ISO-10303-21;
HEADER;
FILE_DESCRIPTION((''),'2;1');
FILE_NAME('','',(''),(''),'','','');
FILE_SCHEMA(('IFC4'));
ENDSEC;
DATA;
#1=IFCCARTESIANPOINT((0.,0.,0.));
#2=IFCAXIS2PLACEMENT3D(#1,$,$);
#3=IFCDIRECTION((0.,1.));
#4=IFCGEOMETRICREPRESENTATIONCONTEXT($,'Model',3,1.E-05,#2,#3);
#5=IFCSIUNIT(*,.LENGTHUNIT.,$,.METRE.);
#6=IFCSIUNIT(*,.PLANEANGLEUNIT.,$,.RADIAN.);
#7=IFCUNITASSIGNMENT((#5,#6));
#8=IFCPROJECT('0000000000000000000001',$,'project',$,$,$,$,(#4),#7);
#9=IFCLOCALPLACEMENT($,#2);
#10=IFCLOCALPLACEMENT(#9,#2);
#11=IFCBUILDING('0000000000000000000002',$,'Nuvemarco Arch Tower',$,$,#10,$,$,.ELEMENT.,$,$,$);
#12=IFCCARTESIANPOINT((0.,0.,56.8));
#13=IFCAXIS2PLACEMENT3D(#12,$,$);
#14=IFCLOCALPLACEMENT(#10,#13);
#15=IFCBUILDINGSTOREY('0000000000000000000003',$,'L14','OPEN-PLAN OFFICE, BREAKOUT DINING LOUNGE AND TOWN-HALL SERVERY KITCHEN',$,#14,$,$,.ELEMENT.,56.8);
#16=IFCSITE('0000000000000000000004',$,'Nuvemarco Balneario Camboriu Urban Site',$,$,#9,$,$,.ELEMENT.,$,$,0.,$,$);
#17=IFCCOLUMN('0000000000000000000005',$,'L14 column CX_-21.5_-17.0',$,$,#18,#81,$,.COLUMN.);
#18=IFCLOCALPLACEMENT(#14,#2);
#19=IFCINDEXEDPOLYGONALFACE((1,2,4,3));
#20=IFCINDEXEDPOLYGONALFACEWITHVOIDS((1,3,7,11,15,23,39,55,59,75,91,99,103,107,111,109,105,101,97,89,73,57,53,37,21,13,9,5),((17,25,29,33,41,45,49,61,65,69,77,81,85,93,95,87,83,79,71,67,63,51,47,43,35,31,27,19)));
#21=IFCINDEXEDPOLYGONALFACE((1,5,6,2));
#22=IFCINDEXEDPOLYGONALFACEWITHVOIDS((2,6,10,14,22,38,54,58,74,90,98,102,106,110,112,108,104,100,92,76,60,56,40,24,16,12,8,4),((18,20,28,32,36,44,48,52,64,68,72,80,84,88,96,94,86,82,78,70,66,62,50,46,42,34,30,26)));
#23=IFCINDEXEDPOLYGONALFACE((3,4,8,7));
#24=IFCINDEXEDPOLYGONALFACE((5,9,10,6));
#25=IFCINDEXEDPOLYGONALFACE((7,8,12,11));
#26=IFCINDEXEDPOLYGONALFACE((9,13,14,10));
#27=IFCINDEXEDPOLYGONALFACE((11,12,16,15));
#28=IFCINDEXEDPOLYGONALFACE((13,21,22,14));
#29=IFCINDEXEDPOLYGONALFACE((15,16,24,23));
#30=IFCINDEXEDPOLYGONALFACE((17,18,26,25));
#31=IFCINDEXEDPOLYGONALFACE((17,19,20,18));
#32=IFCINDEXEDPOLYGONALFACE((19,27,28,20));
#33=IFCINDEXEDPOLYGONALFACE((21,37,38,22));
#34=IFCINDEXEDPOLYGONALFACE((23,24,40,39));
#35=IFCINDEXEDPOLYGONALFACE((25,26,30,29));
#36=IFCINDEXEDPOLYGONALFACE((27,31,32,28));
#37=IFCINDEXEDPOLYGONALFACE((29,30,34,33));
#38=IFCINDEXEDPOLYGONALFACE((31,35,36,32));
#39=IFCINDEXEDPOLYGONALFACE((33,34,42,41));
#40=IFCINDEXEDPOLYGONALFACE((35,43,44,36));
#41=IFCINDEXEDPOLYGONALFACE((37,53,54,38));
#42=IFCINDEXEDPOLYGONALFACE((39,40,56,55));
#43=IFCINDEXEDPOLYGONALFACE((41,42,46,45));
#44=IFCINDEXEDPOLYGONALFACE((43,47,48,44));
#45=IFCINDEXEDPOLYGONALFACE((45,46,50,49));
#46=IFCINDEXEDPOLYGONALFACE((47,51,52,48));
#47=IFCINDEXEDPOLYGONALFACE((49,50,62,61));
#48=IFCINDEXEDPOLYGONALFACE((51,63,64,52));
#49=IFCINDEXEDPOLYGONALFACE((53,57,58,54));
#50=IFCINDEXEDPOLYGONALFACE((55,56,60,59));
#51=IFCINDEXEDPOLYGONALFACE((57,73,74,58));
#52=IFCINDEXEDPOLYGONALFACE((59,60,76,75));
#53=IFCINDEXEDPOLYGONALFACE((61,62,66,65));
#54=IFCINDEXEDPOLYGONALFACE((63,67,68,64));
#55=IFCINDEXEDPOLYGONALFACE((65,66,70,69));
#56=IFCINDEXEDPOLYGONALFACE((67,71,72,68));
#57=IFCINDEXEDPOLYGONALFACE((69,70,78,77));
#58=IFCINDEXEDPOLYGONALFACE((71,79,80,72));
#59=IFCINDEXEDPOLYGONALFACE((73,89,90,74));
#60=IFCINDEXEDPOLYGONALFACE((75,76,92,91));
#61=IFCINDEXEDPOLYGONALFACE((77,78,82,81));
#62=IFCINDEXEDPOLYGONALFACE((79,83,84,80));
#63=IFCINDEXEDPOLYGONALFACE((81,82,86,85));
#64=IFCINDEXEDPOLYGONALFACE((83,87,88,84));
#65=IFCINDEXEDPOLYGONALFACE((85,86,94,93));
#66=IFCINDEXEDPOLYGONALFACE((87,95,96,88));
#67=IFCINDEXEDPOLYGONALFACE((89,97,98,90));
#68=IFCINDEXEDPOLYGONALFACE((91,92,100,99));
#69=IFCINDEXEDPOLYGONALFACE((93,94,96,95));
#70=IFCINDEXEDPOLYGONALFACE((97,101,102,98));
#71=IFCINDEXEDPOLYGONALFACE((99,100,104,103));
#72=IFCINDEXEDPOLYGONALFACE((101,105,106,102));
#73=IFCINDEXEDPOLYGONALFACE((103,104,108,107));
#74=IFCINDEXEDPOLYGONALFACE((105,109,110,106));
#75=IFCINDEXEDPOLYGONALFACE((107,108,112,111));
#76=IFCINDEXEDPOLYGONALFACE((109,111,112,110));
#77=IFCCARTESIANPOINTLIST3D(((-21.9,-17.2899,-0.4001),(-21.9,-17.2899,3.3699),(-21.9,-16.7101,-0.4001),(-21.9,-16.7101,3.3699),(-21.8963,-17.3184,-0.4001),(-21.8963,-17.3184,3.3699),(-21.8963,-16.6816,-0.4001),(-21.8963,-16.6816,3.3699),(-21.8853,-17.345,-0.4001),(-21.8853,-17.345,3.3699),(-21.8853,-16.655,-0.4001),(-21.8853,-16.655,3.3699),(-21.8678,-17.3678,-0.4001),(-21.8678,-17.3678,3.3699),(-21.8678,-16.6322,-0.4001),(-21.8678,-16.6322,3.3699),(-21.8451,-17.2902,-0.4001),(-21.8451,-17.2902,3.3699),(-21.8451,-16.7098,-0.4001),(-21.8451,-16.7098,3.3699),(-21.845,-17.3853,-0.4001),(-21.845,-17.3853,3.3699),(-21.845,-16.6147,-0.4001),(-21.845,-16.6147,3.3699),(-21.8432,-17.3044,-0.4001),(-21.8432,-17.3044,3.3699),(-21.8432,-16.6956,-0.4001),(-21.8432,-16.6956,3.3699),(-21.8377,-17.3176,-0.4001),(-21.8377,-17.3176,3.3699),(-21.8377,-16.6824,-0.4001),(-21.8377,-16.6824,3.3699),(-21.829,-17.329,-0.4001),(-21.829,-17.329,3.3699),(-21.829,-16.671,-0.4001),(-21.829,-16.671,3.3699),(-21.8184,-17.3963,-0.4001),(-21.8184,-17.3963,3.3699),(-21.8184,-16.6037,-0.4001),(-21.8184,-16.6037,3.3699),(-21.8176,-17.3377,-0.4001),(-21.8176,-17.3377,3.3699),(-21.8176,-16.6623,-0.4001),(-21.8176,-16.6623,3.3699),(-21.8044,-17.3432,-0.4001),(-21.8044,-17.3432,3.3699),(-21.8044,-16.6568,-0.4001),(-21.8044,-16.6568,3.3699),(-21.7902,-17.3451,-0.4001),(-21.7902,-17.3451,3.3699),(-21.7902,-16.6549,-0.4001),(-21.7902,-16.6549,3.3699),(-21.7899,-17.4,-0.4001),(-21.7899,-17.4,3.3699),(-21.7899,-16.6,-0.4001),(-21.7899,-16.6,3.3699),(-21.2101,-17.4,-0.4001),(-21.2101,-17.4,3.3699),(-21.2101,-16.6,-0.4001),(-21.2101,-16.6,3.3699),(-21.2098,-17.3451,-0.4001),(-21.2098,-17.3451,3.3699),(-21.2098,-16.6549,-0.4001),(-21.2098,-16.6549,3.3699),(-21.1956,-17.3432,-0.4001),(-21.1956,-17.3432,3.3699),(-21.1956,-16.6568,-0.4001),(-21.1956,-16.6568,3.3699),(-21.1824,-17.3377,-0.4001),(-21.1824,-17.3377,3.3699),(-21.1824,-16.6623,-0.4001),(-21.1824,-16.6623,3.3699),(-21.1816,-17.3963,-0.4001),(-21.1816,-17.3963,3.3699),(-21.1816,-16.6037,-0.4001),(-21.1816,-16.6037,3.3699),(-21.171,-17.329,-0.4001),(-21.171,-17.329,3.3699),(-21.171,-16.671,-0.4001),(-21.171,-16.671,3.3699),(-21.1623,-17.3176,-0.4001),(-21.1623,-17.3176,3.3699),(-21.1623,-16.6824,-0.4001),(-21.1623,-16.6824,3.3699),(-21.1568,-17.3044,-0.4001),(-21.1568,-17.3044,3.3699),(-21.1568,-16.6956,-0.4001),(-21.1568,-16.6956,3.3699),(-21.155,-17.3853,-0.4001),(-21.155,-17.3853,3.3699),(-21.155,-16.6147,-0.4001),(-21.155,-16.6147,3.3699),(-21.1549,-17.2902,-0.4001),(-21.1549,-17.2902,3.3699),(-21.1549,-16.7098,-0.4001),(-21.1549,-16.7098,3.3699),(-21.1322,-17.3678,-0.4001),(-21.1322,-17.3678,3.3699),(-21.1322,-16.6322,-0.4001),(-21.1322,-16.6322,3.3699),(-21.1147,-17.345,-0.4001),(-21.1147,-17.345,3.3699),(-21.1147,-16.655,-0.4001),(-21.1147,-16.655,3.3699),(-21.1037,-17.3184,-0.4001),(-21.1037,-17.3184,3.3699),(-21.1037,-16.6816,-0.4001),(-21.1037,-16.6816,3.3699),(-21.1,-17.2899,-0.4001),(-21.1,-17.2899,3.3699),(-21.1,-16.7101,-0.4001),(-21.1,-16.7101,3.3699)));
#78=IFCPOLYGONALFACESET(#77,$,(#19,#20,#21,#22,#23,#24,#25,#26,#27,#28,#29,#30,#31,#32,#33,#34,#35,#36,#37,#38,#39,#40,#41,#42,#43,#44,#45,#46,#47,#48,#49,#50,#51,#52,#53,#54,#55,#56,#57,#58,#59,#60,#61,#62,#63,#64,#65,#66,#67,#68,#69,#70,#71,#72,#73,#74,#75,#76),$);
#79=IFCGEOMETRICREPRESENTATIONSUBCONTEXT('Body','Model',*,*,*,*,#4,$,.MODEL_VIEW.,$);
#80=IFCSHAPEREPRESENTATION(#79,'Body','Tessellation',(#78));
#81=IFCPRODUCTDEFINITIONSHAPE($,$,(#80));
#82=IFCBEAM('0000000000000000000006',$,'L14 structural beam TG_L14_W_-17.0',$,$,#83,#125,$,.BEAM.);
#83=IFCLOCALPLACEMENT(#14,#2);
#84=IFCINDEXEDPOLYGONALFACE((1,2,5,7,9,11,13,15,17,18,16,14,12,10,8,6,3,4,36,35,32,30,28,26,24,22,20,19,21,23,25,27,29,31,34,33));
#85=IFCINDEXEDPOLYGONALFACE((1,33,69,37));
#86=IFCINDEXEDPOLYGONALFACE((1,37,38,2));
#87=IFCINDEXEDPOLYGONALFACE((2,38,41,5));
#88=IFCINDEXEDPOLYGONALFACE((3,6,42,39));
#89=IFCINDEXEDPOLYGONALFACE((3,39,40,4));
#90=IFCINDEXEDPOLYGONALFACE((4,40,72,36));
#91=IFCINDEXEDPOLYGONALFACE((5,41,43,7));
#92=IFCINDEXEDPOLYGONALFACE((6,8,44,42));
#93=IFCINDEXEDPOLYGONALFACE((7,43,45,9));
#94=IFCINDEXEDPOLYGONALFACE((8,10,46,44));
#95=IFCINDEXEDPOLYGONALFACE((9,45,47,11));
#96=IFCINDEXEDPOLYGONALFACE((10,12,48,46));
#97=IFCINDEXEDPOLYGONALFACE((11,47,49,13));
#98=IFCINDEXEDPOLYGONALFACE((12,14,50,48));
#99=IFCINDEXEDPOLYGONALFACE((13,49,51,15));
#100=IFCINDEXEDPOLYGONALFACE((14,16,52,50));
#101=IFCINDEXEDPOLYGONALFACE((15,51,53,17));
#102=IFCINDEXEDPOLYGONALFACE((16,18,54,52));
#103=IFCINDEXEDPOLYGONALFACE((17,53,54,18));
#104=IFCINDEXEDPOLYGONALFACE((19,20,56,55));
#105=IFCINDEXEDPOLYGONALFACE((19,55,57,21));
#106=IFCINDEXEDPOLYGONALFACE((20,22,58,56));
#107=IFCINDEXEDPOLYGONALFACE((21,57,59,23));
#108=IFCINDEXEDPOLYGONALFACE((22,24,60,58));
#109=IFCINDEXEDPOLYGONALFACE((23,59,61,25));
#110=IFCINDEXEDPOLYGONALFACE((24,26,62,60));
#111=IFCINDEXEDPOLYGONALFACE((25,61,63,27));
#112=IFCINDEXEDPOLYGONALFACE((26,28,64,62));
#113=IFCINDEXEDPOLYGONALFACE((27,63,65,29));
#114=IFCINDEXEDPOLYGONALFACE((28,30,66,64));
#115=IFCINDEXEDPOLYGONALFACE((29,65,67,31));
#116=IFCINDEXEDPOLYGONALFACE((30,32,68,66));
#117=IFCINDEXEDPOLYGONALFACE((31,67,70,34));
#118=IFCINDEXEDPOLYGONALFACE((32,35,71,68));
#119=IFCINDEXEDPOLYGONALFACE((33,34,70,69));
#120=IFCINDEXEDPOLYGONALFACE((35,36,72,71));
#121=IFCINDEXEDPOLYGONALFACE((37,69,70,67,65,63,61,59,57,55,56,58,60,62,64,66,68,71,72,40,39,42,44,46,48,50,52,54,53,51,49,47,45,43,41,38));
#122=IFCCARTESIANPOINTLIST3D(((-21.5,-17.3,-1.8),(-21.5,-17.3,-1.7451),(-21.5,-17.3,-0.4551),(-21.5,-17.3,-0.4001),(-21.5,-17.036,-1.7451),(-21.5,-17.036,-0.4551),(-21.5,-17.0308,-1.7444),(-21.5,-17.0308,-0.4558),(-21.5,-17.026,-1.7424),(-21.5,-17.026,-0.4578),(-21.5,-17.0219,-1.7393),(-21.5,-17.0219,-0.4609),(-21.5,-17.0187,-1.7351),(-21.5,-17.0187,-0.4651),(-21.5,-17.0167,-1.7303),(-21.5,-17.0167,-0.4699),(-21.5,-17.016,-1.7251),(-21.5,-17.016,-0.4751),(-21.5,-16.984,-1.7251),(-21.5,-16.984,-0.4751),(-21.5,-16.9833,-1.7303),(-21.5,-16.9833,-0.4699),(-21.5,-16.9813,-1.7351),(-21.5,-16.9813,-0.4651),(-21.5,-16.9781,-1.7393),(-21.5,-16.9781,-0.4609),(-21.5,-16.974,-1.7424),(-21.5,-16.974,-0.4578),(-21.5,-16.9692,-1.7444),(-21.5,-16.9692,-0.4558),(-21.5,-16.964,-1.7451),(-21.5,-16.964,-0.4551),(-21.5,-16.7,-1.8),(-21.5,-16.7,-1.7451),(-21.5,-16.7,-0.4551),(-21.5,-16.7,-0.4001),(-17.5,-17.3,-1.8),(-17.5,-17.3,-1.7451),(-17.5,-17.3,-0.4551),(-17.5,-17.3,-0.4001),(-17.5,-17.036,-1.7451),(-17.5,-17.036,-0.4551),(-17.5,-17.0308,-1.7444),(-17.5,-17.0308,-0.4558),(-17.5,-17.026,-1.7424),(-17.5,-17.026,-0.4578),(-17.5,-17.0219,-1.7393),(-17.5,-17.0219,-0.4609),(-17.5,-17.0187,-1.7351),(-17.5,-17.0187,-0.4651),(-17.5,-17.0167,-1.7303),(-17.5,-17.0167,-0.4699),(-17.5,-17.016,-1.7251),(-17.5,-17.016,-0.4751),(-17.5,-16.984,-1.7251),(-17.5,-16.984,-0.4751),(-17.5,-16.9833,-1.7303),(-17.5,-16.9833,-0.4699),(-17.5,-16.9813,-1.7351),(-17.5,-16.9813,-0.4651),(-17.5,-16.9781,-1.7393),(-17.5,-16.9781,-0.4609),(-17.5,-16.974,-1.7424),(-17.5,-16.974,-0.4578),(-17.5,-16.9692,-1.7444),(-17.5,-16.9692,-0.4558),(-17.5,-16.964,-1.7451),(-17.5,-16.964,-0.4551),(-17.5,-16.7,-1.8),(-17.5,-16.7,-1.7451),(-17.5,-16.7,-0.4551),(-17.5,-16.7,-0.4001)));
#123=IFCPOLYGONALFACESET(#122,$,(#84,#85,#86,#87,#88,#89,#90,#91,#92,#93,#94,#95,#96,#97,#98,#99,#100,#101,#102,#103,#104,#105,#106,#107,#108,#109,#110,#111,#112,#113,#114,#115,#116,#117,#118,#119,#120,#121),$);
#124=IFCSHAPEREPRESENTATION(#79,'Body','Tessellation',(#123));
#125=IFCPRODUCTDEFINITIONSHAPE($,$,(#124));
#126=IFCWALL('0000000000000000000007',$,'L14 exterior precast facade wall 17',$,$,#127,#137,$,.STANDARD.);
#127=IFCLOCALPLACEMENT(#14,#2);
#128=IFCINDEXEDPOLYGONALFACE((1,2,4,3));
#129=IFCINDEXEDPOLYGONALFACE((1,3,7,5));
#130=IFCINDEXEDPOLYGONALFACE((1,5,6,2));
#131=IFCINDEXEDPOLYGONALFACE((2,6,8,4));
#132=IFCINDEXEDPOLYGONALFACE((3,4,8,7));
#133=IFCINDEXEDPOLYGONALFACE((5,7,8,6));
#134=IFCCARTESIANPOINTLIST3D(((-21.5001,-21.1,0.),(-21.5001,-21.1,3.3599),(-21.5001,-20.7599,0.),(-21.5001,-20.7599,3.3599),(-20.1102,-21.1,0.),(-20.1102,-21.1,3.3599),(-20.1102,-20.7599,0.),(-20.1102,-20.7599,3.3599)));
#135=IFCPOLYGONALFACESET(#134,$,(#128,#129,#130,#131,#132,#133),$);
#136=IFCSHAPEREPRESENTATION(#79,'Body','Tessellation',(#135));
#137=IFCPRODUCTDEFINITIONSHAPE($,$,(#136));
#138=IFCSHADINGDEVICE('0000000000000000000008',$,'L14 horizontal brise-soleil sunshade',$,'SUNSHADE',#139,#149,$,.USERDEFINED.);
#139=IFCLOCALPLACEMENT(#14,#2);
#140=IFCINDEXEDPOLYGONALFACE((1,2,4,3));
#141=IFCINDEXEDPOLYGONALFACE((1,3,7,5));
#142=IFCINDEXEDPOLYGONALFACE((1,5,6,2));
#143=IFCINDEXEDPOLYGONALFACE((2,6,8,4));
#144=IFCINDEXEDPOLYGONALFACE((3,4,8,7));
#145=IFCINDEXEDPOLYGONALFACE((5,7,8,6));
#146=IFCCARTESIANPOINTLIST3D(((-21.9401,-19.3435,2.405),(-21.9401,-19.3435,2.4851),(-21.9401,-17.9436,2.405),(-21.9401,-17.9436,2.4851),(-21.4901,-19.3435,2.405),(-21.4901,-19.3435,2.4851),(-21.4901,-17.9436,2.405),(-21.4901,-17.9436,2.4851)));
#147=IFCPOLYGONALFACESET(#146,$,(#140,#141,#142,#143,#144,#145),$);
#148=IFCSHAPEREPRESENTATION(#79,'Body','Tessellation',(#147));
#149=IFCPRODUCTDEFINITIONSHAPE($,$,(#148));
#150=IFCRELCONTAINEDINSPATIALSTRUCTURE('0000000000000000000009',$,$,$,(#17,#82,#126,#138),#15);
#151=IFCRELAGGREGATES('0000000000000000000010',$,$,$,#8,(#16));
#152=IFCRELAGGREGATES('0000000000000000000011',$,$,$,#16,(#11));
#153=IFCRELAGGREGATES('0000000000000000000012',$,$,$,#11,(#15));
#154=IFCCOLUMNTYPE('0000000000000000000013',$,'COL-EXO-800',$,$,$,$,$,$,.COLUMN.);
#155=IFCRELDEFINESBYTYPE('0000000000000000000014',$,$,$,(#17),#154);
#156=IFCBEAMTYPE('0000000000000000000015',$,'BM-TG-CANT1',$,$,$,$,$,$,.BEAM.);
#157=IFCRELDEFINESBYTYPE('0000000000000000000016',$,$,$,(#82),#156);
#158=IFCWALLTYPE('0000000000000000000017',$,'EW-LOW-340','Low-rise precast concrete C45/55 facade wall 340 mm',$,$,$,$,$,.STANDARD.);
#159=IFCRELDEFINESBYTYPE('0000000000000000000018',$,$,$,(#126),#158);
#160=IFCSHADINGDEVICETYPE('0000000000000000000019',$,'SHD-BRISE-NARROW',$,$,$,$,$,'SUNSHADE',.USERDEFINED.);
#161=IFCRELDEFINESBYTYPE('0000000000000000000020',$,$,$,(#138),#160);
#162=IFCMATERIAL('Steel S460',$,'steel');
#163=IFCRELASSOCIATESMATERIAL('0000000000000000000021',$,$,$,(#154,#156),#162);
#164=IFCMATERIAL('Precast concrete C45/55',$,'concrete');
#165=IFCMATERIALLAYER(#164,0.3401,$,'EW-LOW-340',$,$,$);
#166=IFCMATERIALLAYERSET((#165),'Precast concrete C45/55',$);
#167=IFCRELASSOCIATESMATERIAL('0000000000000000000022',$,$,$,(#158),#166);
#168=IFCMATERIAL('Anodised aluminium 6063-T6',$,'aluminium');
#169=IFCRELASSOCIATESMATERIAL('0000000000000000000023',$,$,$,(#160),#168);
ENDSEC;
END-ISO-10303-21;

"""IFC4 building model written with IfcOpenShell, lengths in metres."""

from ifc_helpers import new_model, si_unit, direction, frame, frame_2d, origin, origin_2d, place, context, subcontext, project, spatial, rectangle, hollow_rectangle, i_section, extrude, source, transform, mapped, material, layer, layer_set, material_profile, profile_set, type_object, type_shapes, element, save


model = new_model("IFC4")

# Units and contexts
model_context = context("Model", 3, precision=1e-05, world=origin(), true_north=direction((0.0, 1.0)))
body_context = subcontext(model_context, "Body", "Model", "MODEL_VIEW")
ifc_project = project(units=[si_unit("LENGTHUNIT", "METRE"), si_unit("PLANEANGLEUNIT", "RADIAN")], contexts=[model_context])

# Site, building, storey
site_placement = place(None, origin())
site = spatial("IfcSite", under=ifc_project, at=site_placement, Name="Nuvemarco Balneario Camboriu Urban Site", CompositionType="ELEMENT", RefElevation=0.0)
building_placement = place(site_placement, origin())
building = spatial("IfcBuilding", under=site, at=building_placement, Name="Nuvemarco Arch Tower", CompositionType="ELEMENT")
storey_placement = place(building_placement, frame((0.0, 0.0, 56.8)))
storey = spatial("IfcBuildingStorey", under=building, at=storey_placement, Name="L14", Description="OPEN-PLAN OFFICE, BREAKOUT DINING LOUNGE AND TOWN-HALL SERVERY KITCHEN", CompositionType="ELEMENT", Elevation=56.8)

# Column
ifc_material_1 = material(Name="Steel S460", Category="steel")
ifc_material_profile_1 = material_profile(ifc_material_1, hollow_rectangle(XDim=0.8, YDim=0.8, WallThickness=0.0549, InnerFilletRadius=0.0549, OuterFilletRadius=0.1101, at=origin_2d()), Name="SHS800x800x55")
ifc_profile_set_1 = profile_set([ifc_material_profile_1], Name="Steel S460")
column_type = type_object("IfcColumnType", Name="COL-EXO-800", PredefinedType="COLUMN", material=ifc_profile_set_1)
column_placement = place(storey_placement, frame((-21.5, -17.0, -0.4001), z_axis=(0.0, 0.0, 1.0), x_axis=(1.0, 0.0, 0.0)))
element("IfcColumn", 1, at=column_placement, inside=storey, type_object=column_type, Name="L14 column CX_-21.5_-17.0", PredefinedType="COLUMN", context=body_context, shape_type="SweptSolid", body=[
    extrude(hollow_rectangle(XDim=0.8, YDim=0.8, WallThickness=0.0549, InnerFilletRadius=0.0549, OuterFilletRadius=0.1101, at=origin_2d()), origin(), (0.0, 0.0, 1.0), 3.77),
])

# Beam
ifc_material_profile_2 = material_profile(ifc_material_1, i_section(OverallWidth=0.6001, OverallDepth=1.3999, WebThickness=0.032, FlangeThickness=0.0549, FilletRadius=0.02, at=origin_2d()), Name="PG1400x600")
ifc_profile_set_2 = profile_set([ifc_material_profile_2], Name="Steel S460")
beam_type = type_object("IfcBeamType", Name="BM-TG-CANT1", PredefinedType="BEAM", material=ifc_profile_set_2)
beam_placement = place(storey_placement, frame((-21.5, -17.0, -1.1001), z_axis=(1.0, 0.0, 0.0), x_axis=(0.0, 1.0, 0.0)))
element("IfcBeam", 2, at=beam_placement, inside=storey, type_object=beam_type, Name="L14 structural beam TG_L14_W_-17.0", PredefinedType="BEAM", context=body_context, shape_type="SweptSolid", body=[
    extrude(i_section(OverallWidth=0.6001, OverallDepth=1.3999, WebThickness=0.032, FlangeThickness=0.0549, FilletRadius=0.02, at=origin_2d()), origin(), (0.0, 0.0, 1.0), 4.0),
])

# Shared definitions
ifc_material_2 = material(Name="Precast concrete C45/55", Category="concrete")
ifc_layer = layer(ifc_material_2, 0.3401, Name="EW-LOW-340")
ifc_layer_set = layer_set([ifc_layer], Name="Precast concrete C45/55")
wall_type = type_object("IfcWallType", Name="EW-LOW-340", Description="Low-rise precast concrete C45/55 facade wall 340 mm", PredefinedType="STANDARD", material=ifc_layer_set)

# Wall
wall_1_placement = place(storey_placement, frame((-21.5, -20.9299, 0.0), z_axis=(0.0, 0.0, 1.0), x_axis=(1.0, 0.0, 0.0)))
element("IfcWall", 3, at=wall_1_placement, inside=storey, type_object=wall_type, Name="L14 exterior precast facade wall 17", PredefinedType="STANDARD", context=body_context, shape_type="SweptSolid", body=[
    extrude(rectangle(XDim=1.3899, YDim=0.3401, at=frame_2d((0.6948, 0.0))), origin(), (0.0, 0.0, 1.0), 3.3599),
])

# Shading device
ifc_material_3 = material(Name="Anodised aluminium 6063-T6", Category="aluminium")
shading_device_type = type_object("IfcShadingDeviceType", Name="SHD-BRISE-NARROW", ElementType="SUNSHADE", PredefinedType="USERDEFINED", material=ifc_material_3)
shared_shape_1 = source(origin(), body_context, "Body", "SweptSolid", [
    extrude(rectangle(XDim=1.3999, YDim=0.45, at=origin_2d()), origin(), (0.0, 0.0, 1.0), 0.0801),
])
type_shapes(shading_device_type, [shared_shape_1])
shading_device_placement = place(storey_placement, frame((-21.7151, -18.6436, 2.405), z_axis=(0.0, 0.0, 1.0), x_axis=(0.0, 1.0, 0.0)))
element("IfcShadingDevice", 4, at=shading_device_placement, inside=storey, type_object=shading_device_type, Name="L14 horizontal brise-soleil sunshade", ObjectType="SUNSHADE", PredefinedType="USERDEFINED", context=body_context, shape_type="MappedRepresentation", body=[
    mapped(shared_shape_1, transform((0.0, 0.0, 0.0), scale=1.0)),
])

save(model, "model.ifc")
